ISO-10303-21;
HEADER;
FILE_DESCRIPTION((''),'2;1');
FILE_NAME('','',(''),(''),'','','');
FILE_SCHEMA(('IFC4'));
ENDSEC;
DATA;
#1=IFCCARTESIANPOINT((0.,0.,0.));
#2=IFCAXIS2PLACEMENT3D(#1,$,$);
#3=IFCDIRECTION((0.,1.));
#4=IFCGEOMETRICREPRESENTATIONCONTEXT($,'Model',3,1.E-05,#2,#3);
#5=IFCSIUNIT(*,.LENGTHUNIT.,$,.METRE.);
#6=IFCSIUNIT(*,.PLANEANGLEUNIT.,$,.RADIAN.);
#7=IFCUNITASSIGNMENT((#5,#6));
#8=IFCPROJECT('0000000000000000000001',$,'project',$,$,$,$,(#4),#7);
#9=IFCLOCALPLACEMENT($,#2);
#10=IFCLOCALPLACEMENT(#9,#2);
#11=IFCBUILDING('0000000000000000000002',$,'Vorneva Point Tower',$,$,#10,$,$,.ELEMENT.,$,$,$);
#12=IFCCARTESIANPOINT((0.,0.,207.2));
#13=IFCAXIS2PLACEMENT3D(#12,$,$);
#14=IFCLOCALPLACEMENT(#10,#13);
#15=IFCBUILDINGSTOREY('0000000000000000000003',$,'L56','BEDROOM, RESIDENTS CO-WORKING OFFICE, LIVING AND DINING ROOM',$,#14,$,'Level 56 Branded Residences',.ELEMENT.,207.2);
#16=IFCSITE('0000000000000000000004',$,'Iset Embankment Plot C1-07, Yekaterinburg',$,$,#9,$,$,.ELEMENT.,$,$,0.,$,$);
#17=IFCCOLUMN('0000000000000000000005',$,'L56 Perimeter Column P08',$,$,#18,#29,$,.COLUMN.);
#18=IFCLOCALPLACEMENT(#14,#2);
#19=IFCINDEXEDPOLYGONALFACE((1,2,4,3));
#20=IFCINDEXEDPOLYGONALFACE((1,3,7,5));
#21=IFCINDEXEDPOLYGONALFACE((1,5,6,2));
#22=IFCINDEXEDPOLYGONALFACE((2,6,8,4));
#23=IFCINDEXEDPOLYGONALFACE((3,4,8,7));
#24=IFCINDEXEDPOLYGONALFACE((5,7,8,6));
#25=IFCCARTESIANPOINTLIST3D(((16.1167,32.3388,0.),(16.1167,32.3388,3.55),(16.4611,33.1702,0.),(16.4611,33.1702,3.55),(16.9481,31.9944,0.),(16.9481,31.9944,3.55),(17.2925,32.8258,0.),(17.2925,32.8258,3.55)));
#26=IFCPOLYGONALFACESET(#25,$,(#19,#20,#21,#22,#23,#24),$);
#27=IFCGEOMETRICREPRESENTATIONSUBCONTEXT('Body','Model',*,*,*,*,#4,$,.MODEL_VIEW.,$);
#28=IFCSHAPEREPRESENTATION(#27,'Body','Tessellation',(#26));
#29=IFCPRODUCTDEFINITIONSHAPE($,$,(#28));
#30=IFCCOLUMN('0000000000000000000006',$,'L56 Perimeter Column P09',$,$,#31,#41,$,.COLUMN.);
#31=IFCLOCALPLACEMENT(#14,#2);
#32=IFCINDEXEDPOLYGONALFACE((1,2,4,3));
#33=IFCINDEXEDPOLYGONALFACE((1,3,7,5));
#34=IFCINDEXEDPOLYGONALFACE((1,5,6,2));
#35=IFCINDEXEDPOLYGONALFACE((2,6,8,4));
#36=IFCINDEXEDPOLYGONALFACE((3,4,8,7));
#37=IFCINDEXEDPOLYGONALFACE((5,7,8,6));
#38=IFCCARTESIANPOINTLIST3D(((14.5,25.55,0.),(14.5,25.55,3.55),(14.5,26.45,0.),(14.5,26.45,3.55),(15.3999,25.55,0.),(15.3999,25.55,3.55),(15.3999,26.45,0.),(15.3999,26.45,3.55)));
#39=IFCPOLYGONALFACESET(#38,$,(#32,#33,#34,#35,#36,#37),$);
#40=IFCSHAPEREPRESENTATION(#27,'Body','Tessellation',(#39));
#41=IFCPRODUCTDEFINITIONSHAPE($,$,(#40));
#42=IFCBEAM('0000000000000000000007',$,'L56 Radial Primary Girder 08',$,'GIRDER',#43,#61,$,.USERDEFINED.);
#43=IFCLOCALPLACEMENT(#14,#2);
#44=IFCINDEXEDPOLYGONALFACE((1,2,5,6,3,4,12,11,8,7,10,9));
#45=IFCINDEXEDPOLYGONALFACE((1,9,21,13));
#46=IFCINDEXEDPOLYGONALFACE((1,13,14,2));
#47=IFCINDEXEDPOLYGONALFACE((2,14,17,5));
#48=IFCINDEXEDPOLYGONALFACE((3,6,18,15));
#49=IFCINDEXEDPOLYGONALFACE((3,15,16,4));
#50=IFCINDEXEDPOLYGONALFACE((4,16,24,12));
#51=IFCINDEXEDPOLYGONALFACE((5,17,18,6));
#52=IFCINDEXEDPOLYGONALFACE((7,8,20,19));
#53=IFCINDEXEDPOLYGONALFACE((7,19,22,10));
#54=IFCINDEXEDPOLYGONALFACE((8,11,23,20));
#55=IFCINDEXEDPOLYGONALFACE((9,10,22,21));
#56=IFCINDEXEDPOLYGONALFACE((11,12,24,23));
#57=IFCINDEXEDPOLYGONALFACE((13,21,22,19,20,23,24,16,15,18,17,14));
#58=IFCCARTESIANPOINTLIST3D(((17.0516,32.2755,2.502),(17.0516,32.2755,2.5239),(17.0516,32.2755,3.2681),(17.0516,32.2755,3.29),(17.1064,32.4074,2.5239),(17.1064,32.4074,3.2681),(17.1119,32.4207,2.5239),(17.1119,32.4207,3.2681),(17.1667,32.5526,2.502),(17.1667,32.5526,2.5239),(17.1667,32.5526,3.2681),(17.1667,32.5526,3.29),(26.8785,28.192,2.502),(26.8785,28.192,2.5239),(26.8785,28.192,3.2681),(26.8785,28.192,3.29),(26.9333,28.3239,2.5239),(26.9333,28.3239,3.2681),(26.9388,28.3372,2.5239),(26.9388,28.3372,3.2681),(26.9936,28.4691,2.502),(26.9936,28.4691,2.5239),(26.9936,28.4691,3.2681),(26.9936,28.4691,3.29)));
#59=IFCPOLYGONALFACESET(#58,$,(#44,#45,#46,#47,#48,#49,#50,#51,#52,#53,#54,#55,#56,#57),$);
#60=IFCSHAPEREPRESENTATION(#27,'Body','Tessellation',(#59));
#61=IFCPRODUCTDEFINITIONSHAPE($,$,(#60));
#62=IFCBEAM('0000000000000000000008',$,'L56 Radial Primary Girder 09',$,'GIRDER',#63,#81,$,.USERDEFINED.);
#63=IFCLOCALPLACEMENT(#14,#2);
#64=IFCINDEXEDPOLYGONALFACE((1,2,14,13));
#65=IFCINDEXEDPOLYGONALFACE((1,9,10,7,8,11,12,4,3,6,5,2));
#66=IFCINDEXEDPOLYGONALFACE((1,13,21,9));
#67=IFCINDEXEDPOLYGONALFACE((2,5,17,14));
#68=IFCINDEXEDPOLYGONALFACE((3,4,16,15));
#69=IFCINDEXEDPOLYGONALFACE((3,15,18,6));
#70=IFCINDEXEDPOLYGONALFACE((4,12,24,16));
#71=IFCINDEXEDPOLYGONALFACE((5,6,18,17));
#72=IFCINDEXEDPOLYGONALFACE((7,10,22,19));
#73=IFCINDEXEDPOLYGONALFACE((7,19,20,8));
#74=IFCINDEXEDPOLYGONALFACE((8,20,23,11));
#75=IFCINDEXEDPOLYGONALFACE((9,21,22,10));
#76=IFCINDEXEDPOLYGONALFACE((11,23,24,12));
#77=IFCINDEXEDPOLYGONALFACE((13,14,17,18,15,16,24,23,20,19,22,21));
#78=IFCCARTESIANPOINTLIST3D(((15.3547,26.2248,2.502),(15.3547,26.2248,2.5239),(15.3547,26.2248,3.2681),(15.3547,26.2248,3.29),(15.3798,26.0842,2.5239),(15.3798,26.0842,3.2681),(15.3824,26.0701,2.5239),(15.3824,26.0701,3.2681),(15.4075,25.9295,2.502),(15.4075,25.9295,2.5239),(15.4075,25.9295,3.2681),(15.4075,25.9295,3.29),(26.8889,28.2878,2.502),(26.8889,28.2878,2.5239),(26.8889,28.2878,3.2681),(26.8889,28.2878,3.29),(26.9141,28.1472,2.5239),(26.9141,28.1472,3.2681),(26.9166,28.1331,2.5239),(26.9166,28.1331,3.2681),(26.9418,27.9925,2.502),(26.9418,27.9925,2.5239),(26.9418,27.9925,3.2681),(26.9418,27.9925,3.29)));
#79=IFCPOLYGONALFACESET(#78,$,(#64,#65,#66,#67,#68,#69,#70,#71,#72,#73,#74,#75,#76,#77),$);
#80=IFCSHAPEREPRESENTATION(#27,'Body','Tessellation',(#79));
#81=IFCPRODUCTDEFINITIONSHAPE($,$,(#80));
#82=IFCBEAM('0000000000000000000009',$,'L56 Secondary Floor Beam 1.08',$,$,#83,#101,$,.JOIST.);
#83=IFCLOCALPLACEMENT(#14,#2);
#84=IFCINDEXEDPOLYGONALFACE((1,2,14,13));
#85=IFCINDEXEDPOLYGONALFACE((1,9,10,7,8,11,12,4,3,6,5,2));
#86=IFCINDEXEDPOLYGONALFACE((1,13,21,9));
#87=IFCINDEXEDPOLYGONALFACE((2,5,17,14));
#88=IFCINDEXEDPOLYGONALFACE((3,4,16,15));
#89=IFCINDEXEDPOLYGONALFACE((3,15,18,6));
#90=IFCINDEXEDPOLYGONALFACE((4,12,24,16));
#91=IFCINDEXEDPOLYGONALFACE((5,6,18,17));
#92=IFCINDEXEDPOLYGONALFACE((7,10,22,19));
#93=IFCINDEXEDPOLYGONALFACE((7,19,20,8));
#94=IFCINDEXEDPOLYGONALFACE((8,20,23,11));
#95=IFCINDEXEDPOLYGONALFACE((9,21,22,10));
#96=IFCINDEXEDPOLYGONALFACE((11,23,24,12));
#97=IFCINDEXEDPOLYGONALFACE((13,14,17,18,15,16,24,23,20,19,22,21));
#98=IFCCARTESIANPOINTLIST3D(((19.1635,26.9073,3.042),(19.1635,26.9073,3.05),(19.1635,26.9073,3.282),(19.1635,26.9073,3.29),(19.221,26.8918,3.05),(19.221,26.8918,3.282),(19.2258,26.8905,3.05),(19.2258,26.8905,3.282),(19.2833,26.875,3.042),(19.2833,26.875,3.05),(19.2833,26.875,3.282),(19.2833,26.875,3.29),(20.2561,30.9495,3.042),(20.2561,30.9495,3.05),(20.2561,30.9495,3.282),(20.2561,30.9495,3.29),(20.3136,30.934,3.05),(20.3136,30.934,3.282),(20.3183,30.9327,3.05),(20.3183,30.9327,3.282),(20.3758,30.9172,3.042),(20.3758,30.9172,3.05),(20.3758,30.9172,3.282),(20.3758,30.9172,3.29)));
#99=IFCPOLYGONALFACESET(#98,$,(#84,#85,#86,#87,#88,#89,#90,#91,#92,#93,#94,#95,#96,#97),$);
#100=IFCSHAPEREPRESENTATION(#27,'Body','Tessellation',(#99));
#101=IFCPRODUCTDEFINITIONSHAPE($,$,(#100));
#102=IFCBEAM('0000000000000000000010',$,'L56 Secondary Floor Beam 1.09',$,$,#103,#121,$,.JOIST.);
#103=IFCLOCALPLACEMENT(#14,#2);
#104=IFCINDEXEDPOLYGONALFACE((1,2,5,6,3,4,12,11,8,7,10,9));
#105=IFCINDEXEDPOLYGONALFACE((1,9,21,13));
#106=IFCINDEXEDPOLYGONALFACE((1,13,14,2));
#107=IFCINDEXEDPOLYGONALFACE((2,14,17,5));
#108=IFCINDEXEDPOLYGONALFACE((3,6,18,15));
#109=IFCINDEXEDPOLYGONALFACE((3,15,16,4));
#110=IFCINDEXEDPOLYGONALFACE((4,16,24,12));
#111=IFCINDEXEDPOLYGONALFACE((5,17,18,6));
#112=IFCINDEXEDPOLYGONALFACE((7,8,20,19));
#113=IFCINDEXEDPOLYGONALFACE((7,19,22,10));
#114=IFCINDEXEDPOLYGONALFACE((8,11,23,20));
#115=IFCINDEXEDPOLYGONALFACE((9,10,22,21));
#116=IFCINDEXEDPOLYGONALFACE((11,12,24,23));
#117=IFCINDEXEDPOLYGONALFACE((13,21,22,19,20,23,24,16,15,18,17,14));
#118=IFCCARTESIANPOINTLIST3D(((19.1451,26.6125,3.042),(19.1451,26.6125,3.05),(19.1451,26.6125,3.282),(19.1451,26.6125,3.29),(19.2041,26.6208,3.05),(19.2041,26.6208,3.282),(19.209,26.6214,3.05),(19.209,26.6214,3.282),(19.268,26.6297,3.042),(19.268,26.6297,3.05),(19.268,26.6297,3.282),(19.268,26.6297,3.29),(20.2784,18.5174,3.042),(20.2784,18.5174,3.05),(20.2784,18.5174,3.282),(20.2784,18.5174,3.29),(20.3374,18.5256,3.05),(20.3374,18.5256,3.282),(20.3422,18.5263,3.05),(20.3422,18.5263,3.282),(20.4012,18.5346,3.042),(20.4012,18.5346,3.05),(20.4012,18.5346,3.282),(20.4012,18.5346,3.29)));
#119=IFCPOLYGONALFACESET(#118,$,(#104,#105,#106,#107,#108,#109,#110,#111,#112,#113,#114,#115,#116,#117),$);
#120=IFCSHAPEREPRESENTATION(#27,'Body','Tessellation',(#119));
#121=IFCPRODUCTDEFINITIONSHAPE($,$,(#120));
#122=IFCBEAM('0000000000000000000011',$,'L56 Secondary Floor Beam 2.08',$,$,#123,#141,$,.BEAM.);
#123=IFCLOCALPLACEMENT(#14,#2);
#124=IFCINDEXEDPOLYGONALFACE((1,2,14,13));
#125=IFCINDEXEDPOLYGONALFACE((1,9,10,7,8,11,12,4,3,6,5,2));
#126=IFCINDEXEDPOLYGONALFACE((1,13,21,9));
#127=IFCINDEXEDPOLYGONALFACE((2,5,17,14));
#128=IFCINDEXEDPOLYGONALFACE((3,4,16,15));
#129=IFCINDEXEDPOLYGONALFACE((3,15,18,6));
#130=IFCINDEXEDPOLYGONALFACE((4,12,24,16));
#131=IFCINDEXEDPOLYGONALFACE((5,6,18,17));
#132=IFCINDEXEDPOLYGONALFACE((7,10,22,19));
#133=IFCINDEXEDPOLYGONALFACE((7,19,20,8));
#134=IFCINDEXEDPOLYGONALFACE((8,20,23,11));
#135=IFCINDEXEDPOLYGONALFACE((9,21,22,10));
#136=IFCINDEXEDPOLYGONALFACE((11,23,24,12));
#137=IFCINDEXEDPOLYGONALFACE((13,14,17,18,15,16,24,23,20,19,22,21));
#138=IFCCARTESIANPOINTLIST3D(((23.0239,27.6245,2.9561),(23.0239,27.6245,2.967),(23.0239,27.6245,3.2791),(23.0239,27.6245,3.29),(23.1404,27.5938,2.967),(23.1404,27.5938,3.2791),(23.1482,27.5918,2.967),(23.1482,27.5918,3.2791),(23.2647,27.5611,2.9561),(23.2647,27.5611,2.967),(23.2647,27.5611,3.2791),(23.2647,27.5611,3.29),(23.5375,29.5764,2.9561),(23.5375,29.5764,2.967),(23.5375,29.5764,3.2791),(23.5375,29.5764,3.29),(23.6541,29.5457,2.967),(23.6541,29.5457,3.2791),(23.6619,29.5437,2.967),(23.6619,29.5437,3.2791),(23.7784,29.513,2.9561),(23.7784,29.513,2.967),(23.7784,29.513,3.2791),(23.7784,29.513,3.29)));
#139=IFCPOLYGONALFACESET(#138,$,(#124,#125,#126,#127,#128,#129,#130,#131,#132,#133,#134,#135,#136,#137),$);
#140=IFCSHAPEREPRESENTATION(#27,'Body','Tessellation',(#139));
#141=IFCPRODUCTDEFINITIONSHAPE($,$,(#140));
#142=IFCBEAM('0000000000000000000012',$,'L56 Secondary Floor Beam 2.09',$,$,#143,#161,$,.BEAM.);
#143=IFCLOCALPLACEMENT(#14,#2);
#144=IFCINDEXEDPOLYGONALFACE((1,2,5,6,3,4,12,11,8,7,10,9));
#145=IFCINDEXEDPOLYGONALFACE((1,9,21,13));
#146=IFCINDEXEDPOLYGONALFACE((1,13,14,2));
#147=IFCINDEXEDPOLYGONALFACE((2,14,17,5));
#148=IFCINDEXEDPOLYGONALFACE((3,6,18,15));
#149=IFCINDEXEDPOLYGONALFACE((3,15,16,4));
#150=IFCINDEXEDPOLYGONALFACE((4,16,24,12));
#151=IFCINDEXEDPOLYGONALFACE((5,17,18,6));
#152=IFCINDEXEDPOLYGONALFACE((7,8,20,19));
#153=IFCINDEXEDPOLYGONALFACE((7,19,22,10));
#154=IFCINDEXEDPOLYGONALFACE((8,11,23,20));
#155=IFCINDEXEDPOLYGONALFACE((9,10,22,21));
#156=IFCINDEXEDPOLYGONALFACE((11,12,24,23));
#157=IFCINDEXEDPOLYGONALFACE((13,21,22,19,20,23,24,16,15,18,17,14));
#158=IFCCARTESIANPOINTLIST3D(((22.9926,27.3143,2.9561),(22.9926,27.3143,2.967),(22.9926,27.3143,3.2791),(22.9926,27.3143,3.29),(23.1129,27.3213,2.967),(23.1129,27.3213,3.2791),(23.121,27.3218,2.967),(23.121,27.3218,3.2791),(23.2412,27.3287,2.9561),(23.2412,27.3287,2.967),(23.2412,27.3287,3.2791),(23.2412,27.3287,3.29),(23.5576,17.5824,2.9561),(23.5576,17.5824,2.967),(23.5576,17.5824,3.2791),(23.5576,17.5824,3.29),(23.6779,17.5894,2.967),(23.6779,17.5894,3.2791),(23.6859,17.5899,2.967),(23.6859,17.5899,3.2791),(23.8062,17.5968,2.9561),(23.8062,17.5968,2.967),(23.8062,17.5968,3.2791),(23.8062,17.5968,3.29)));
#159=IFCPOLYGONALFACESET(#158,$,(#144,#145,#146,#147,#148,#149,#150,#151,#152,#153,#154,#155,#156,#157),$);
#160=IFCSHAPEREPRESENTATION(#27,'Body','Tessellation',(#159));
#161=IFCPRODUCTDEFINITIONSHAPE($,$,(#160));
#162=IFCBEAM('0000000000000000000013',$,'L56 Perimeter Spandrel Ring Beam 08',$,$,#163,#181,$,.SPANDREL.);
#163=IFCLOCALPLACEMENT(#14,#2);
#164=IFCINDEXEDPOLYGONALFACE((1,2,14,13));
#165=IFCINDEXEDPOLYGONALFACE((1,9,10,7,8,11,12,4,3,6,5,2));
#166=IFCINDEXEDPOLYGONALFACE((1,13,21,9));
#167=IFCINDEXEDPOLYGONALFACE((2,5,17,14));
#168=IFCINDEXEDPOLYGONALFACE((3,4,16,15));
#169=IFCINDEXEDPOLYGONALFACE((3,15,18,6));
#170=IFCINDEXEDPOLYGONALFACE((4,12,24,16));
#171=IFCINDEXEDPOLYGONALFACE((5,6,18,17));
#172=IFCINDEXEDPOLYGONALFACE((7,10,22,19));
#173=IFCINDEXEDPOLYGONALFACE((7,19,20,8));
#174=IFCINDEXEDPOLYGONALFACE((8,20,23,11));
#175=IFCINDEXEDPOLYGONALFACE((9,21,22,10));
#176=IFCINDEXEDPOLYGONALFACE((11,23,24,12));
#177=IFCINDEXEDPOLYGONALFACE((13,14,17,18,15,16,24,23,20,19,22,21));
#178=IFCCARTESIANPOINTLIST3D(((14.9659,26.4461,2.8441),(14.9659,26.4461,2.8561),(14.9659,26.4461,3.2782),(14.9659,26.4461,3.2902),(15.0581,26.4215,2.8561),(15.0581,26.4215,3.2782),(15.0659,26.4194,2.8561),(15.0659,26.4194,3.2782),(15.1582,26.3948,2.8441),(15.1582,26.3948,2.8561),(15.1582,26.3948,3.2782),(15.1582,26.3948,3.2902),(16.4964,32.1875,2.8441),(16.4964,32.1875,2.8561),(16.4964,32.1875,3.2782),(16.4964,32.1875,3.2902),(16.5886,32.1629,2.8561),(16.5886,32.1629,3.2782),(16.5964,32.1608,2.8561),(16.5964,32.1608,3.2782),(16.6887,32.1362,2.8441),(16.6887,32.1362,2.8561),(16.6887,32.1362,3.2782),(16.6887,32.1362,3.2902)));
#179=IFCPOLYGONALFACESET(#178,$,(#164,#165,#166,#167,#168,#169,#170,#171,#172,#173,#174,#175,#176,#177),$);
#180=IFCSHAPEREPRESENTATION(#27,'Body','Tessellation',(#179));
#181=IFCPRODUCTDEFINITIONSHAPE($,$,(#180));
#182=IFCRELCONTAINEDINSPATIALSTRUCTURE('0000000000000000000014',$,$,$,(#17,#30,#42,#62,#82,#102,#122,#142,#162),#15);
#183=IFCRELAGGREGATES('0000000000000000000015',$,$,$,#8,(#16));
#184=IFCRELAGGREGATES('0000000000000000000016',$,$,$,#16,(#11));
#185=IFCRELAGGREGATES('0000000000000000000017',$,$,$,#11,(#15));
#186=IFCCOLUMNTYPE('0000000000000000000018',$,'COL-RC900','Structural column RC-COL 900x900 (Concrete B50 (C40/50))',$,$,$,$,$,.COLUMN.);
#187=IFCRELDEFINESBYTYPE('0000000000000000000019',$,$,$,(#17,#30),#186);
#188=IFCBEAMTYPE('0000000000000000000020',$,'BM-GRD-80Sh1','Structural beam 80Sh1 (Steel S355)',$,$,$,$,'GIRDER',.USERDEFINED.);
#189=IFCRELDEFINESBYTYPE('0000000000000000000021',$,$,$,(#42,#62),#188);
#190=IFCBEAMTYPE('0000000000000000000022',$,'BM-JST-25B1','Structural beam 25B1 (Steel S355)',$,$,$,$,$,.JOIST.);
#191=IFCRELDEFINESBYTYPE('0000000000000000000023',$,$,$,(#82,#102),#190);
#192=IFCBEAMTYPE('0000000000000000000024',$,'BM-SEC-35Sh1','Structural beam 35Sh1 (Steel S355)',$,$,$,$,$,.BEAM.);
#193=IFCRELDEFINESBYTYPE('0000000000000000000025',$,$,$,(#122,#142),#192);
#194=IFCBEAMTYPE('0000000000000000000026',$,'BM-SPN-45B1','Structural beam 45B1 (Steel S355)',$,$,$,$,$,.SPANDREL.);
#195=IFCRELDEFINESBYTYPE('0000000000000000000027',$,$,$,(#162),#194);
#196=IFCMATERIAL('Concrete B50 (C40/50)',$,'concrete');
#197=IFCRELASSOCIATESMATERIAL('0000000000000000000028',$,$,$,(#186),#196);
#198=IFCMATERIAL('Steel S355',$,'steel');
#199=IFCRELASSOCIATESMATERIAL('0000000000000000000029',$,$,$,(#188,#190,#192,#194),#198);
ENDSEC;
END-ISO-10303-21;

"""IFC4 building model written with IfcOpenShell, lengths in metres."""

from ifc_helpers import new_model, si_unit, direction, frame, origin, origin_2d, place, context, subcontext, project, spatial, rectangle, i_section, extrude, material, material_profile, profile_set, type_object, element, save


model = new_model("IFC4")

# Units and contexts
model_context = context("Model", 3, precision=1e-05, world=origin(), true_north=direction((0.0, 1.0)))
body_context = subcontext(model_context, "Body", "Model", "MODEL_VIEW")
ifc_project = project(units=[si_unit("LENGTHUNIT", "METRE"), si_unit("PLANEANGLEUNIT", "RADIAN")], contexts=[model_context])

# Site, building, storey
site_placement = place(None, origin())
site = spatial("IfcSite", under=ifc_project, at=site_placement, Name="Iset Embankment Plot C1-07, Yekaterinburg", CompositionType="ELEMENT", RefElevation=0.0)
building_placement = place(site_placement, origin())
building = spatial("IfcBuilding", under=site, at=building_placement, Name="Vorneva Point Tower", CompositionType="ELEMENT")
storey_placement = place(building_placement, frame((0.0, 0.0, 207.2)))
storey = spatial("IfcBuildingStorey", under=building, at=storey_placement, Name="L56", Description="BEDROOM, RESIDENTS CO-WORKING OFFICE, LIVING AND DINING ROOM", LongName="Level 56 Branded Residences", CompositionType="ELEMENT", Elevation=207.2)

# Columns
ifc_material_1 = material(Name="Concrete B50 (C40/50)", Category="concrete")
ifc_material_profile_1 = material_profile(ifc_material_1, rectangle(XDim=0.8999, YDim=0.8999, at=origin_2d()), Name="RC-COL 900x900")
ifc_profile_set_1 = profile_set([ifc_material_profile_1], Name="Concrete B50 (C40/50)")
column_type = type_object("IfcColumnType", Name="COL-RC900", Description="Structural column RC-COL 900x900 (Concrete B50 (C40/50))", PredefinedType="COLUMN", material=ifc_profile_set_1)
for number, where, z_axis, x_axis, name in (
    (1, (16.7046, 32.5823, 0.0), (0.0, 0.0, 1.0), (-0.92388, 0.382683, 0.0), "L56 Perimeter Column P08"),
    (2, (14.95, 26.0, 0.0), (0.0, 0.0, 1.0), (-1.0, 0.0, 0.0), "L56 Perimeter Column P09"),
):
    element("IfcColumn", number, at=place(storey_placement, frame(where, z_axis=z_axis, x_axis=x_axis)), inside=storey, type_object=column_type, Name=name, PredefinedType="COLUMN", context=body_context, shape_type="SweptSolid", body=[
        extrude(rectangle(XDim=0.8999, YDim=0.8999, at=origin_2d()), origin(), (0.0, 0.0, 1.0), 3.55),
    ])

# Beams
ifc_material_2 = material(Name="Steel S355", Category="steel")
ifc_material_profile_2 = material_profile(ifc_material_2, i_section(OverallWidth=0.3, OverallDepth=0.7881, WebThickness=0.0144, FlangeThickness=0.022, at=origin_2d()), Name="80Sh1")
ifc_profile_set_2 = profile_set([ifc_material_profile_2], Name="Steel S355")
beam_type_1 = type_object("IfcBeamType", Name="BM-GRD-80Sh1", Description="Structural beam 80Sh1 (Steel S355)", ElementType="GIRDER", PredefinedType="USERDEFINED", material=ifc_profile_set_2)
beam_1_placement = place(storey_placement, frame((17.1091, 32.4141, 2.896), z_axis=(0.923445, -0.383731, 0.0), x_axis=(0.383731, 0.923445, 0.0)))
element("IfcBeam", 3, at=beam_1_placement, inside=storey, type_object=beam_type_1, Name="L56 Radial Primary Girder 08", ObjectType="GIRDER", PredefinedType="USERDEFINED", context=body_context, shape_type="SweptSolid", body=[
    extrude(i_section(OverallWidth=0.3, OverallDepth=0.7881, WebThickness=0.0144, FlangeThickness=0.022, at=origin_2d()), origin(), (0.0, 0.0, 1.0), 10.6416),
])
beam_2_placement = place(storey_placement, frame((15.3811, 26.0771, 2.896), z_axis=(0.984379, 0.176065, 0.0), x_axis=(-0.176065, 0.984379, 0.0)))
element("IfcBeam", 4, at=beam_2_placement, inside=storey, type_object=beam_type_1, Name="L56 Radial Primary Girder 09", ObjectType="GIRDER", PredefinedType="USERDEFINED", context=body_context, shape_type="SweptSolid", body=[
    extrude(i_section(OverallWidth=0.3, OverallDepth=0.7881, WebThickness=0.0144, FlangeThickness=0.022, at=origin_2d()), origin(), (0.0, 0.0, 1.0), 11.7173),
])
ifc_material_profile_3 = material_profile(ifc_material_2, i_section(OverallWidth=0.124, OverallDepth=0.248, WebThickness=0.0049, FlangeThickness=0.0081, at=origin_2d()), Name="25B1")
ifc_profile_set_3 = profile_set([ifc_material_profile_3], Name="Steel S355")
beam_type_2 = type_object("IfcBeamType", Name="BM-JST-25B1", Description="Structural beam 25B1 (Steel S355)", PredefinedType="JOIST", material=ifc_profile_set_3)
beam_3_placement = place(storey_placement, frame((20.3159, 30.9333, 3.166), z_axis=(-0.260916, -0.965361, 0.0), x_axis=(0.965361, -0.260916, 0.0)))
element("IfcBeam", 5, at=beam_3_placement, inside=storey, type_object=beam_type_2, Name="L56 Secondary Floor Beam 1.08", PredefinedType="JOIST", context=body_context, shape_type="SweptSolid", body=[
    extrude(i_section(OverallWidth=0.124, OverallDepth=0.248, WebThickness=0.0049, FlangeThickness=0.0081, at=origin_2d()), origin(), (0.0, 0.0, 1.0), 4.1873),
])
beam_4_placement = place(storey_placement, frame((19.2065, 26.6211, 3.166), z_axis=(0.138644, -0.990342, 0.0), x_axis=(0.990342, 0.138644, 0.0)))
element("IfcBeam", 6, at=beam_4_placement, inside=storey, type_object=beam_type_2, Name="L56 Secondary Floor Beam 1.09", PredefinedType="JOIST", context=body_context, shape_type="SweptSolid", body=[
    extrude(i_section(OverallWidth=0.124, OverallDepth=0.248, WebThickness=0.0049, FlangeThickness=0.0081, at=origin_2d()), origin(), (0.0, 0.0, 1.0), 8.1741),
])
ifc_material_profile_4 = material_profile(ifc_material_2, i_section(OverallWidth=0.249, OverallDepth=0.334, WebThickness=0.0081, FlangeThickness=0.011, at=origin_2d()), Name="35Sh1")
ifc_profile_set_4 = profile_set([ifc_material_profile_4], Name="Steel S355")
beam_type_3 = type_object("IfcBeamType", Name="BM-SEC-35Sh1", Description="Structural beam 35Sh1 (Steel S355)", PredefinedType="BEAM", material=ifc_profile_set_4)
beam_5_placement = place(storey_placement, frame((23.658, 29.5447, 3.123), z_axis=(-0.254499, -0.967073, 0.0), x_axis=(0.967073, -0.254499, 0.0)))
element("IfcBeam", 7, at=beam_5_placement, inside=storey, type_object=beam_type_3, Name="L56 Secondary Floor Beam 2.08", PredefinedType="BEAM", context=body_context, shape_type="SweptSolid", body=[
    extrude(i_section(OverallWidth=0.249, OverallDepth=0.334, WebThickness=0.0081, FlangeThickness=0.011, at=origin_2d()), origin(), (0.0, 0.0, 1.0), 2.0183),
])
beam_6_placement = place(storey_placement, frame((23.1169, 27.3215, 3.123), z_axis=(0.057953, -0.998319, 0.0), x_axis=(0.998319, 0.057953, 0.0)))
element("IfcBeam", 8, at=beam_6_placement, inside=storey, type_object=beam_type_3, Name="L56 Secondary Floor Beam 2.09", PredefinedType="BEAM", context=body_context, shape_type="SweptSolid", body=[
    extrude(i_section(OverallWidth=0.249, OverallDepth=0.334, WebThickness=0.0081, FlangeThickness=0.011, at=origin_2d()), origin(), (0.0, 0.0, 1.0), 9.7483),
])
ifc_material_profile_5 = material_profile(ifc_material_2, i_section(OverallWidth=0.199, OverallDepth=0.446, WebThickness=0.0081, FlangeThickness=0.012, at=origin_2d()), Name="45B1")
ifc_profile_set_5 = profile_set([ifc_material_profile_5], Name="Steel S355")
beam_type_4 = type_object("IfcBeamType", Name="BM-SPN-45B1", Description="Structural beam 45B1 (Steel S355)", PredefinedType="SPANDREL", material=ifc_profile_set_5)
for number, where, z_axis, x_axis, name in (
    (9, (16.5925, 32.1619, 3.0671), (-0.257578, -0.966257, 0.0), (0.966257, -0.257578, 0.0), "L56 Perimeter Spandrel Ring Beam 08"),
):
    element("IfcBeam", number, at=place(storey_placement, frame(where, z_axis=z_axis, x_axis=x_axis)), inside=storey, type_object=beam_type_4, Name=name, PredefinedType="SPANDREL", context=body_context, shape_type="SweptSolid", body=[
        extrude(i_section(OverallWidth=0.199, OverallDepth=0.446, WebThickness=0.0081, FlangeThickness=0.012, at=origin_2d()), origin(), (0.0, 0.0, 1.0), 5.9419),
    ])

save(model, "model.ifc")
